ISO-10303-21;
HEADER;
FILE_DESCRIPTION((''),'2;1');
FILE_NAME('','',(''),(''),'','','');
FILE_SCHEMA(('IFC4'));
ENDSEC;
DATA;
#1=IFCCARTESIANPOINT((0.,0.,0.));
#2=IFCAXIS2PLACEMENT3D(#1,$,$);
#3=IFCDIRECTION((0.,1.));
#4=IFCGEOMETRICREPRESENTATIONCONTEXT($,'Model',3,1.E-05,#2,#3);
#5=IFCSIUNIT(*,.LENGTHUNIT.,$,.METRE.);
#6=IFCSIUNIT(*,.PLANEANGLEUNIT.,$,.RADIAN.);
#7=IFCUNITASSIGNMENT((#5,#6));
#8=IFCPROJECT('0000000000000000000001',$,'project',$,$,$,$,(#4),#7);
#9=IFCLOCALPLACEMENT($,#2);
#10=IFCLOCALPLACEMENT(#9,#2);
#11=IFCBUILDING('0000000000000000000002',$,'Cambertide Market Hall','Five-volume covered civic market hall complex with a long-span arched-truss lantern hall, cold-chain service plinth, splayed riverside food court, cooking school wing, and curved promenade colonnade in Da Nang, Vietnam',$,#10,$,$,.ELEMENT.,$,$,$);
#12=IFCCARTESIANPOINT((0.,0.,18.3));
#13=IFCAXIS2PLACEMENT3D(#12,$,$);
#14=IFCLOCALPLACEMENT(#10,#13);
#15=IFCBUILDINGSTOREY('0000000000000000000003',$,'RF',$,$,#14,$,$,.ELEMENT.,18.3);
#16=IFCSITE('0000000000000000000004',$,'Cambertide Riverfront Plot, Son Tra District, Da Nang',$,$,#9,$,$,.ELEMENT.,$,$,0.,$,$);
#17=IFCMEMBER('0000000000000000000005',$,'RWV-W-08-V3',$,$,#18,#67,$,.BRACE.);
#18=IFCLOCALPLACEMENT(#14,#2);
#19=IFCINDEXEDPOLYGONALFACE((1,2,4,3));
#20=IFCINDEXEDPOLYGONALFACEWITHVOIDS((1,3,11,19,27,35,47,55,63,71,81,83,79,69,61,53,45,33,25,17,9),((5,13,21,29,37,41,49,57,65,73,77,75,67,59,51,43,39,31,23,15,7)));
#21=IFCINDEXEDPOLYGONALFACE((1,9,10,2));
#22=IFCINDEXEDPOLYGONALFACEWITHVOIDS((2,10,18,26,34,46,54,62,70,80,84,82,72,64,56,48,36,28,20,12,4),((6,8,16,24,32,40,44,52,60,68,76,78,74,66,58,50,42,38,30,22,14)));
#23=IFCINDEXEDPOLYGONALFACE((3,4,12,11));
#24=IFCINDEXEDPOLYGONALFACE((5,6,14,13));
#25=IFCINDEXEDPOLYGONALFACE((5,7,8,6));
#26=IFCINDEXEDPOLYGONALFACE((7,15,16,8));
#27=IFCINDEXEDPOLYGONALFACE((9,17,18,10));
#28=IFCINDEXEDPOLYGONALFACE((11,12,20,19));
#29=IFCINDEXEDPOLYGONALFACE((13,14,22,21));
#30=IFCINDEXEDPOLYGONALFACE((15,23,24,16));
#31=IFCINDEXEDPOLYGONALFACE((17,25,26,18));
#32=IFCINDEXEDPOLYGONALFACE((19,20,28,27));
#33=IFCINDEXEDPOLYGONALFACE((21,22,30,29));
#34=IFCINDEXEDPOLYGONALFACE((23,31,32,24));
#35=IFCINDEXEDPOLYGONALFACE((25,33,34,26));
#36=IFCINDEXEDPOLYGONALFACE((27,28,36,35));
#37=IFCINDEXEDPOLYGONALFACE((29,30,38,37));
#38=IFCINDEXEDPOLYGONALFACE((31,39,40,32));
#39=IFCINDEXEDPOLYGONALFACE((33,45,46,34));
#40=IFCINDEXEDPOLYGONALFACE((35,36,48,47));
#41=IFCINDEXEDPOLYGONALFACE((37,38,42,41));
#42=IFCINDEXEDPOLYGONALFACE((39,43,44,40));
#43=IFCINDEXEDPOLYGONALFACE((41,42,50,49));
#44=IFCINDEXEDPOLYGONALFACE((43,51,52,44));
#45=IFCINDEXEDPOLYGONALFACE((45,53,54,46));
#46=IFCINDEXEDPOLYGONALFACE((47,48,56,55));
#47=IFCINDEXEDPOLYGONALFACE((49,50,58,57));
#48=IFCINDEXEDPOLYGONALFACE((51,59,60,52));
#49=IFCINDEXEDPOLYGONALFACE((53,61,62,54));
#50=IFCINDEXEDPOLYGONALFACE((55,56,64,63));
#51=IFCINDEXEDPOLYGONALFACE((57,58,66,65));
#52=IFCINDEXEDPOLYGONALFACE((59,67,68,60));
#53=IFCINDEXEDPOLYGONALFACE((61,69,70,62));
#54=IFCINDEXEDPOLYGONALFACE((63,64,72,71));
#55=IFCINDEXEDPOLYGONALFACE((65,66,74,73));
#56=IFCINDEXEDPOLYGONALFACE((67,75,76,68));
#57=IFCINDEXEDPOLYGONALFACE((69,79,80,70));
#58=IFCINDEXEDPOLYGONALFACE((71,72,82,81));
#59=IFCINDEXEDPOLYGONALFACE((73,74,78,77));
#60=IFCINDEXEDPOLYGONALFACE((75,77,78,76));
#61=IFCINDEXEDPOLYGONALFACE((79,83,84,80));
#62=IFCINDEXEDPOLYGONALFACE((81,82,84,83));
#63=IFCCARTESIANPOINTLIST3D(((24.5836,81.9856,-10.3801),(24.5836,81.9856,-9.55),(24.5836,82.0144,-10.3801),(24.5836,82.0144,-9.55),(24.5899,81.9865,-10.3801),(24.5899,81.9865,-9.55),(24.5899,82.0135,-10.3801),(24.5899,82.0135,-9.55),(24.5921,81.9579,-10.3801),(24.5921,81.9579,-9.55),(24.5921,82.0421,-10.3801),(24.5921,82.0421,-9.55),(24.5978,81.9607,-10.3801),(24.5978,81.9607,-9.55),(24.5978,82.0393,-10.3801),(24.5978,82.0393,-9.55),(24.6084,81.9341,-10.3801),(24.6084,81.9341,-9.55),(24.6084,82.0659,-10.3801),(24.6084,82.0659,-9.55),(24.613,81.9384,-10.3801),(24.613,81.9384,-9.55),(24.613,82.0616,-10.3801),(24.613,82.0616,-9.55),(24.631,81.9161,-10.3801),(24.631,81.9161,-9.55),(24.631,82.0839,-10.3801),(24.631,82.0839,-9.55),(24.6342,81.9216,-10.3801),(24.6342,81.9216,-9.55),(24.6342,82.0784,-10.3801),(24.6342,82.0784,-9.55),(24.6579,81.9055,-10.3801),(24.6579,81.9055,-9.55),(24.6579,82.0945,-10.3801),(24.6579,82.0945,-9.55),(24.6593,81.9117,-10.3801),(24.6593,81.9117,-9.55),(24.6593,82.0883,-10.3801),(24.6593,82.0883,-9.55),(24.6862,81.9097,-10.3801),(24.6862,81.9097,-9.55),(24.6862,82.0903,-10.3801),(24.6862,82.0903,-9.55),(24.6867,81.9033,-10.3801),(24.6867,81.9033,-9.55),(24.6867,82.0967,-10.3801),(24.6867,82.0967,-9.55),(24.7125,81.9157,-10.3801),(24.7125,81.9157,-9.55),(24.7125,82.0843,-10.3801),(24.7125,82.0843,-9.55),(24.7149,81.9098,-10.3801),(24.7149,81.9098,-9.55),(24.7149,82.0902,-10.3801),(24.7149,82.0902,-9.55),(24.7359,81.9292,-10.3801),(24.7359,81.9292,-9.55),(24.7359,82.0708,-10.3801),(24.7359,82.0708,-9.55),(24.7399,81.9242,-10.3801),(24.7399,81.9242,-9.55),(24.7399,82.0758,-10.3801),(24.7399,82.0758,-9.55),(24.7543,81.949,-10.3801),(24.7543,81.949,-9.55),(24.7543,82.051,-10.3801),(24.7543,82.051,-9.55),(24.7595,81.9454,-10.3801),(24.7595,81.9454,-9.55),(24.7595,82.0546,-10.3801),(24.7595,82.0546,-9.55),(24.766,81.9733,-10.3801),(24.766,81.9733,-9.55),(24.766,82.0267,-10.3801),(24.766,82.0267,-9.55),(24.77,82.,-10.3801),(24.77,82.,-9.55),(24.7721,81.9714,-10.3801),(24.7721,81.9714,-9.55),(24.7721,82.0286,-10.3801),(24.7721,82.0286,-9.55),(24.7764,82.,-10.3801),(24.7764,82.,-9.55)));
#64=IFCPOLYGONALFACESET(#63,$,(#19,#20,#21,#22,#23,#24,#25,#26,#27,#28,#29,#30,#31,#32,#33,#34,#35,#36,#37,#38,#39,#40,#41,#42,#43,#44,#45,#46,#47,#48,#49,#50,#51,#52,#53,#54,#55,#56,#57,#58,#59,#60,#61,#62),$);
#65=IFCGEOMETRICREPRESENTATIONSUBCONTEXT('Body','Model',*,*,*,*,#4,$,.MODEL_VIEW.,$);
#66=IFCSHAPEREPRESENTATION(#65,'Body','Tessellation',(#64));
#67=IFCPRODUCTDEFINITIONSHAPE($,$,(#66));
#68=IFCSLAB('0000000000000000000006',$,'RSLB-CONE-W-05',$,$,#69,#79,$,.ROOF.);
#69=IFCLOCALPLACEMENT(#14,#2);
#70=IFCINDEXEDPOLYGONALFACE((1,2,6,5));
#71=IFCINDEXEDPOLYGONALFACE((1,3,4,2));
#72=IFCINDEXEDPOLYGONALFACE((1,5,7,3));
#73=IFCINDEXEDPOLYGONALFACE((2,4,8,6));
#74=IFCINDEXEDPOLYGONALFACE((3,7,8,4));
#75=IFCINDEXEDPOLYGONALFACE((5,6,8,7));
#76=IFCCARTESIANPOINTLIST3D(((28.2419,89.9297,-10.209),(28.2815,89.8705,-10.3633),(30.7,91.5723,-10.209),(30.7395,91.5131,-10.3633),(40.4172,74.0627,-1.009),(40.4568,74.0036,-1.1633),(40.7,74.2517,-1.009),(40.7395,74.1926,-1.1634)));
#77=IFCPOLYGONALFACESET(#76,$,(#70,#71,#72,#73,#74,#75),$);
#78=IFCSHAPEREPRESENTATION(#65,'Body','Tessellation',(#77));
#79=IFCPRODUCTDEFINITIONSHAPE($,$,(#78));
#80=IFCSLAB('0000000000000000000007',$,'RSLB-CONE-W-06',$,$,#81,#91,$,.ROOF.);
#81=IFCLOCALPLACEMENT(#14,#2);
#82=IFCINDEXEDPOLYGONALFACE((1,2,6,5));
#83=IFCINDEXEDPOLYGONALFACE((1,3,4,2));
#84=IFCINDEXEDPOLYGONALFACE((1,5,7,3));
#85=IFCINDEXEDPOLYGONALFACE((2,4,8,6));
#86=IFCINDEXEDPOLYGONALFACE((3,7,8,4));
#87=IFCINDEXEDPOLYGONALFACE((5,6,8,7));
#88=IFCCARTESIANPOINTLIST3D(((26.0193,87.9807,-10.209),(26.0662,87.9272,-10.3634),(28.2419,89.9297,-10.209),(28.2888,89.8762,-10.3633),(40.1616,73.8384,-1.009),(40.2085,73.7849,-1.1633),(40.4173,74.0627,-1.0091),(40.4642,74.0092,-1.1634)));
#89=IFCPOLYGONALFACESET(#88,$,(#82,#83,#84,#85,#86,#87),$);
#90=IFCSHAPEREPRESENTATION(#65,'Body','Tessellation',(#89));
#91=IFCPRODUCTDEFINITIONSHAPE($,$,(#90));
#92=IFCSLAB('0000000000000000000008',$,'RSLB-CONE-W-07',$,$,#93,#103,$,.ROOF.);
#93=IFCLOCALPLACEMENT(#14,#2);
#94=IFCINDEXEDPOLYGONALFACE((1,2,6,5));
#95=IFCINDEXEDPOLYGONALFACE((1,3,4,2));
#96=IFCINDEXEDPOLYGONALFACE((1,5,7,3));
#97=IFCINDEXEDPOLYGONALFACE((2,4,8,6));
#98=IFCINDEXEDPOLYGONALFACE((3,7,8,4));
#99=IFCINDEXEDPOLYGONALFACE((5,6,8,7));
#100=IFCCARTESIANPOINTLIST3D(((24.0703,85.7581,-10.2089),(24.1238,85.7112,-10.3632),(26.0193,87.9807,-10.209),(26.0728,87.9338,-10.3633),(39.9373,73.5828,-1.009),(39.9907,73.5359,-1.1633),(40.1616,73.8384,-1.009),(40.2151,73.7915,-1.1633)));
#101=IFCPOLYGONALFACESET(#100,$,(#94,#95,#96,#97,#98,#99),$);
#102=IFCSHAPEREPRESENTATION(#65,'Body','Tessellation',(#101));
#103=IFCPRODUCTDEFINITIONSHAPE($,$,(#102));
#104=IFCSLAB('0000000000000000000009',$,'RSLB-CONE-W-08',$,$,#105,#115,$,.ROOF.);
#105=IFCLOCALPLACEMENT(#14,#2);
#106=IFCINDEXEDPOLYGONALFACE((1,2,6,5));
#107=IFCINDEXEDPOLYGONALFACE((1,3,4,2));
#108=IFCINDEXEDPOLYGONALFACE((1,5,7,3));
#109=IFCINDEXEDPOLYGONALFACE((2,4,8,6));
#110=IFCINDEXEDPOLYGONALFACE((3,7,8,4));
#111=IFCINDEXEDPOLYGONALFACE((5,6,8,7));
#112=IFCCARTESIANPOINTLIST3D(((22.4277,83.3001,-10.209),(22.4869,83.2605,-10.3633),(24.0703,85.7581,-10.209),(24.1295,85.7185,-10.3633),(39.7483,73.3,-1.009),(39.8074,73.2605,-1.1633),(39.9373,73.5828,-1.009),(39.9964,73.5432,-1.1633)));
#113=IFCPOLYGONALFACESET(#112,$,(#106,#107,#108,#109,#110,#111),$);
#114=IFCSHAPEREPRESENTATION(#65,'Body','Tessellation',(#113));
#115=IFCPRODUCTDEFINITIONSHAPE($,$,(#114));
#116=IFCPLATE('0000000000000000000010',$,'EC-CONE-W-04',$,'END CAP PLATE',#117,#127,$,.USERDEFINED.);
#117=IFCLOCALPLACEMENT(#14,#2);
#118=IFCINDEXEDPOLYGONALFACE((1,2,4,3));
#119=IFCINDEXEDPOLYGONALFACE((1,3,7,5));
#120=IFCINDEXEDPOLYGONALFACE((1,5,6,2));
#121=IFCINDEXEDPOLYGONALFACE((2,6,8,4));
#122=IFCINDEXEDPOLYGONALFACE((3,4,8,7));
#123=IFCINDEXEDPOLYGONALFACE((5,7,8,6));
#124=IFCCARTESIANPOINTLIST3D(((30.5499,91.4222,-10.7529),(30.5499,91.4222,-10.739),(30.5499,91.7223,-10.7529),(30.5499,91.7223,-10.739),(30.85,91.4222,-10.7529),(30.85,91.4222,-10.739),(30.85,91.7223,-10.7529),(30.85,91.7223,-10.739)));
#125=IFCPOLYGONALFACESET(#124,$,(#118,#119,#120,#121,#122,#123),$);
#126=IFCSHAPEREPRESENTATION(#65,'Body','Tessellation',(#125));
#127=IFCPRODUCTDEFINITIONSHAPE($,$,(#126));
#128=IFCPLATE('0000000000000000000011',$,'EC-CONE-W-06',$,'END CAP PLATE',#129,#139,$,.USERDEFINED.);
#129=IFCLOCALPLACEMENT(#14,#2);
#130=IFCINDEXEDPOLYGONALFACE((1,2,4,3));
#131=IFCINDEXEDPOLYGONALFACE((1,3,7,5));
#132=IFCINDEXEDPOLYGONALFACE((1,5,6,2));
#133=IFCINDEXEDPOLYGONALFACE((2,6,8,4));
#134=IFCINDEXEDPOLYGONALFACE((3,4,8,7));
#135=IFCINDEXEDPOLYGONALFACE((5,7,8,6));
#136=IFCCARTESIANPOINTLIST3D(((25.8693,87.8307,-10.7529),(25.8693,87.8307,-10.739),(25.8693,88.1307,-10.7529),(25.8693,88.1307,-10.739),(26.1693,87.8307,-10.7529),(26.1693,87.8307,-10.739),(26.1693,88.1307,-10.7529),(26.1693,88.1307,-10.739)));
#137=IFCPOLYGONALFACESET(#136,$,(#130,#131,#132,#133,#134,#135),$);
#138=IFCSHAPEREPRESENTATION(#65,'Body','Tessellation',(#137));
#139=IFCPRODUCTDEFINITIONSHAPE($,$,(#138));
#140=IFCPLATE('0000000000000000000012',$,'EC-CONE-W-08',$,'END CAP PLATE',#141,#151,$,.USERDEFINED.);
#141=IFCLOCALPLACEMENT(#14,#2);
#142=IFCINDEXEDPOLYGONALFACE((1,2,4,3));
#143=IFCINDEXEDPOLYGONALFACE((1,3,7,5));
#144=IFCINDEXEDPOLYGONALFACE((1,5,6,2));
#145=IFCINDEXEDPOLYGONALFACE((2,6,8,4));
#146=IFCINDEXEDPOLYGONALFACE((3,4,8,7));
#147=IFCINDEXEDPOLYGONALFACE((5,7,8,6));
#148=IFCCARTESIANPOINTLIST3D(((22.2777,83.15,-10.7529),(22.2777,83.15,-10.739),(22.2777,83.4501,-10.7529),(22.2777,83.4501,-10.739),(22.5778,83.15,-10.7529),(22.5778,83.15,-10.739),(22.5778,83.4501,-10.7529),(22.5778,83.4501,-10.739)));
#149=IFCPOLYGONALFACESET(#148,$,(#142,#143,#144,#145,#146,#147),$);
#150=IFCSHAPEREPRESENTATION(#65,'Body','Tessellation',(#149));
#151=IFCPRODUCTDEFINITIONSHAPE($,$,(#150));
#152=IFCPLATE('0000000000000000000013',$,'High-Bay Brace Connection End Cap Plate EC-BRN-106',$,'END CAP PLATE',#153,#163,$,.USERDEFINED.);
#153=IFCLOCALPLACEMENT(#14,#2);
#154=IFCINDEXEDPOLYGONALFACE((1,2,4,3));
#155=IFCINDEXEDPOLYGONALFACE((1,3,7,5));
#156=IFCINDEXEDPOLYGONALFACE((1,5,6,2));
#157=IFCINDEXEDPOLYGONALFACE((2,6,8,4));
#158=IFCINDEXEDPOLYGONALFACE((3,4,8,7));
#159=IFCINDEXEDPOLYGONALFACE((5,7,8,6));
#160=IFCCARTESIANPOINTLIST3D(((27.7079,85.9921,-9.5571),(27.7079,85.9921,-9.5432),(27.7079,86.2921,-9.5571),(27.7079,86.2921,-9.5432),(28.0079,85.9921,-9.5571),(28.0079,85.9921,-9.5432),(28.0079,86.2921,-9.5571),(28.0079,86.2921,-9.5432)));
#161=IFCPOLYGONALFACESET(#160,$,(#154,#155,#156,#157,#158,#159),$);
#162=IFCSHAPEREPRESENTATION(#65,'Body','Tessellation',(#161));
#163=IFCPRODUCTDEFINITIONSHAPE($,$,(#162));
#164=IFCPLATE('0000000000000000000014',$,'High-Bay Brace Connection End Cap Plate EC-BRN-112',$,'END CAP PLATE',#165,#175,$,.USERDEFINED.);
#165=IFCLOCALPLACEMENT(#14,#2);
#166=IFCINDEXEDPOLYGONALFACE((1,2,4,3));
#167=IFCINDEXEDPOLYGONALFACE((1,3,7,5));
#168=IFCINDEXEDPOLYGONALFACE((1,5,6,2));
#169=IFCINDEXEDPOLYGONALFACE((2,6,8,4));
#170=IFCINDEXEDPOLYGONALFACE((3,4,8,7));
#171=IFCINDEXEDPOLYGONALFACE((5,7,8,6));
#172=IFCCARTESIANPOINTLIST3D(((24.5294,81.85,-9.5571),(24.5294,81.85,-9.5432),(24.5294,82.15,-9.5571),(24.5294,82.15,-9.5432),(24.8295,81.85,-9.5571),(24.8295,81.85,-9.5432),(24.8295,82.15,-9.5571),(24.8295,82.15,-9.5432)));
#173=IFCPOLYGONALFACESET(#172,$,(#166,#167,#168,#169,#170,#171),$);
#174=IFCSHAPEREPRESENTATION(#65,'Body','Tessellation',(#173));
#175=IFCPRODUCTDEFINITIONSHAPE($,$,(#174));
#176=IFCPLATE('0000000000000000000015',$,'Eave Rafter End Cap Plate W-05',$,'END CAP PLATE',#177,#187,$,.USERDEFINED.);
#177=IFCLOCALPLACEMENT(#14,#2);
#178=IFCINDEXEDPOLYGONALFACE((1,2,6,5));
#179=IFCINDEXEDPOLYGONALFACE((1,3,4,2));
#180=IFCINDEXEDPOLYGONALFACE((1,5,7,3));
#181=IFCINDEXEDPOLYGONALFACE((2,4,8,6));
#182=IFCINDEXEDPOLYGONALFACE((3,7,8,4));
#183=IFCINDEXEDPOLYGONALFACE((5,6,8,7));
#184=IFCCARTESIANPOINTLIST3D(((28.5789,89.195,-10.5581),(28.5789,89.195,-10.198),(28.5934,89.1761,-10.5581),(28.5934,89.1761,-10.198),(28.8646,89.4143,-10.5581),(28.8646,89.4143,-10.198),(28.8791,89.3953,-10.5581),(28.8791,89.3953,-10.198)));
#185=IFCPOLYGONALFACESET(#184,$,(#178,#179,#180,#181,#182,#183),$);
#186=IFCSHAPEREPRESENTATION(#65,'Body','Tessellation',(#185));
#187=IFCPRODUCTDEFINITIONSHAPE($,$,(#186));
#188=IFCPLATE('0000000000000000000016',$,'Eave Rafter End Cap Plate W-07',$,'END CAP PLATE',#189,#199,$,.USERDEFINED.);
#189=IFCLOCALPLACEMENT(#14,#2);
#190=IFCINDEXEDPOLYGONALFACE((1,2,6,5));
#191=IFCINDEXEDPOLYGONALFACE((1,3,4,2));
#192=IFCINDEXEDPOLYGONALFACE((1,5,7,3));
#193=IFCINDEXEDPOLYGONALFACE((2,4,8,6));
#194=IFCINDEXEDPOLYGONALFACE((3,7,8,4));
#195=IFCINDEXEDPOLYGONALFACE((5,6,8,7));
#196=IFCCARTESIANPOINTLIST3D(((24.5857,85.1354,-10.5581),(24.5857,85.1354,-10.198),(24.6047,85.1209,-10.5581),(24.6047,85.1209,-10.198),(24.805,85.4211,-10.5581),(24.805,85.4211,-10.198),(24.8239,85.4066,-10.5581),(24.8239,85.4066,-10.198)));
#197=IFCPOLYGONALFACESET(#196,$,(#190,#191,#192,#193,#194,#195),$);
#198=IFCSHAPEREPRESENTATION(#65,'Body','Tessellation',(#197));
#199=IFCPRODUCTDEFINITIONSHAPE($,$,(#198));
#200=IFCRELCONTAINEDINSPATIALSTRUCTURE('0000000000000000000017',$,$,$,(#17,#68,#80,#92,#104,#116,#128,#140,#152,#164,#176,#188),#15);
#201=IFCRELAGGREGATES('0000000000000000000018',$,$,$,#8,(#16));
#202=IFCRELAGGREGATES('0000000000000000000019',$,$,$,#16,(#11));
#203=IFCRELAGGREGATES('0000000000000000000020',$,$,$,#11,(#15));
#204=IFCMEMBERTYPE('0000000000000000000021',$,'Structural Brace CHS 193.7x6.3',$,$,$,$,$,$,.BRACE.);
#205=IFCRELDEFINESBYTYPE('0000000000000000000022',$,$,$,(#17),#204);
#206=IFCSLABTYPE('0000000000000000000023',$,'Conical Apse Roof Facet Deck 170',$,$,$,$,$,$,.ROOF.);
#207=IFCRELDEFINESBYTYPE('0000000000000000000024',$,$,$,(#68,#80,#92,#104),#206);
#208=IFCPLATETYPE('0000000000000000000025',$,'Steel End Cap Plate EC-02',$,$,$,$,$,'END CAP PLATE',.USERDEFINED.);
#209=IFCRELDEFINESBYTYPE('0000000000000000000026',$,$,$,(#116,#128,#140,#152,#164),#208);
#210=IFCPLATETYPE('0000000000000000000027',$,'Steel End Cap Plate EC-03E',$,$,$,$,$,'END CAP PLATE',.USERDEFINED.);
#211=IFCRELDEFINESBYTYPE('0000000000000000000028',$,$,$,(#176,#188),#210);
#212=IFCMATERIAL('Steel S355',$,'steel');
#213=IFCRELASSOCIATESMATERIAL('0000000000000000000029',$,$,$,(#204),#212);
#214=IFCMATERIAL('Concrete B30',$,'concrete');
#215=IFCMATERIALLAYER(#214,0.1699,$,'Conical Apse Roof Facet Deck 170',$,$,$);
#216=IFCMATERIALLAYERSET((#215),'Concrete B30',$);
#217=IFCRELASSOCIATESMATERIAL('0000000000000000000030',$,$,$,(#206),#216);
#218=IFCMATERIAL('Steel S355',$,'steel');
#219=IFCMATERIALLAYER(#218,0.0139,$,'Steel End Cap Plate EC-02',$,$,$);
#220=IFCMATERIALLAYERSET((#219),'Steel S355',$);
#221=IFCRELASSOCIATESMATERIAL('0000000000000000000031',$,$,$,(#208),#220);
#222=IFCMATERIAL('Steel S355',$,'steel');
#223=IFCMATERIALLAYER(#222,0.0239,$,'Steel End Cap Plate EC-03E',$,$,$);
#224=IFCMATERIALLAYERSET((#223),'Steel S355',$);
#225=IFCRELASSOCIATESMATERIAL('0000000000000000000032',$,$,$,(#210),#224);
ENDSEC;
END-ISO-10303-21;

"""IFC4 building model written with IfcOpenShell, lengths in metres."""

from ifc_helpers import new_model, si_unit, direction, frame, origin, origin_2d, place, context, subcontext, project, spatial, polyline, rectangle, hollow_circle, outline, extrude, material, layer, layer_set, material_profile, profile_set, type_object, element, save


model = new_model("IFC4")

# Units and contexts
model_context = context("Model", 3, precision=1e-05, world=origin(), true_north=direction((0.0, 1.0)))
body_context = subcontext(model_context, "Body", "Model", "MODEL_VIEW")
ifc_project = project(units=[si_unit("LENGTHUNIT", "METRE"), si_unit("PLANEANGLEUNIT", "RADIAN")], contexts=[model_context])

# Site, building, storey
site_placement = place(None, origin())
site = spatial("IfcSite", under=ifc_project, at=site_placement, Name="Cambertide Riverfront Plot, Son Tra District, Da Nang", CompositionType="ELEMENT", RefElevation=0.0)
building_placement = place(site_placement, origin())
building = spatial("IfcBuilding", under=site, at=building_placement, Name="Cambertide Market Hall", Description="Five-volume covered civic market hall complex with a long-span arched-truss lantern hall, cold-chain service plinth, splayed riverside food court, cooking school wing, and curved promenade colonnade in Da Nang, Vietnam", CompositionType="ELEMENT")
storey_placement = place(building_placement, frame((0.0, 0.0, 18.3)))
storey = spatial("IfcBuildingStorey", under=building, at=storey_placement, Name="RF", CompositionType="ELEMENT", Elevation=18.3)

# Member
ifc_material_1 = material(Name="Steel S355", Category="steel")
ifc_material_profile_1 = material_profile(ifc_material_1, hollow_circle(Radius=0.0969, WallThickness=0.0063, at=origin_2d()), Name="CHS 193.7x6.3")
ifc_profile_set_1 = profile_set([ifc_material_profile_1], Name="Steel S355")
member_type_1 = type_object("IfcMemberType", Name="Structural Brace CHS 193.7x6.3", PredefinedType="BRACE", material=ifc_profile_set_1)
for number, where, z_axis, x_axis, name in (
    (1, (24.6794, 82.0, -10.3801), (0.0, 0.0, 1.0), (1.0, 0.0, 0.0), "RWV-W-08-V3"),
):
    element("IfcMember", number, at=place(storey_placement, frame(where, z_axis=z_axis, x_axis=x_axis)), inside=storey, type_object=member_type_1, Name=name, PredefinedType="BRACE", context=body_context, shape_type="SweptSolid", body=[
        extrude(hollow_circle(Radius=0.0969, WallThickness=0.0063, at=origin_2d()), origin(), (0.0, 0.0, 1.0), 0.8301),
    ])

# Slabs
ifc_material_2 = material(Name="Concrete B30", Category="concrete")
ifc_layer_1 = layer(ifc_material_2, 0.1699, Name="Conical Apse Roof Facet Deck 170")
ifc_layer_set_1 = layer_set([ifc_layer_1], Name="Concrete B30")
slab_type = type_object("IfcSlabType", Name="Conical Apse Roof Facet Deck 170", PredefinedType="ROOF", material=ifc_layer_set_1)
slab_1_placement = place(storey_placement, frame((30.7, 91.5723, -10.209), z_axis=(-0.232608, 0.348075, 0.908151), x_axis=(-0.831439, -0.555616, -0.000004)))
element("IfcSlab", 2, at=slab_1_placement, inside=storey, type_object=slab_type, Name="RSLB-CONE-W-05", PredefinedType="ROOF", context=body_context, shape_type="SweptSolid", body=[
    extrude(outline(polyline([(0.0, 0.0), (2.9563, 0.0), (1.6492, 21.9756), (1.3092, 21.9756), (0.0, 0.0)])), origin(), (0.0, 0.0, -1.0), 0.1699),
])
slab_2_placement = place(storey_placement, frame((28.2419, 89.9297, -10.209), z_axis=(-0.276026, 0.314754, 0.908152), x_axis=(-0.751875, -0.659306, -0.000019)))
element("IfcSlab", 3, at=slab_2_placement, inside=storey, type_object=slab_type, Name="RSLB-CONE-W-06", PredefinedType="ROOF", context=body_context, shape_type="SweptSolid", body=[
    extrude(outline(polyline([(0.0, 0.0), (2.9561, 0.0), (1.6468, 21.9758), (1.3067, 21.9757), (0.0, 0.0)])), origin(), (0.0, 0.0, -1.0), 0.1699),
])
slab_3_placement = place(storey_placement, frame((26.0193, 87.9807, -10.209), z_axis=(-0.314754, 0.276026, 0.908152), x_axis=(-0.659306, -0.751875, 0.000019)))
element("IfcSlab", 4, at=slab_3_placement, inside=storey, type_object=slab_type, Name="RSLB-CONE-W-07", PredefinedType="ROOF", context=body_context, shape_type="SweptSolid", body=[
    extrude(outline(polyline([(0.0, 0.0), (2.9561, 0.0), (1.6494, 21.9757), (1.3093, 21.9758), (0.0, 0.0)])), origin(), (0.0, 0.0, -1.0), 0.1699),
])
slab_4_placement = place(storey_placement, frame((24.0703, 85.7581, -10.209), z_axis=(-0.348075, 0.232608, 0.908151), x_axis=(-0.555616, -0.831439, 0.000004)))
element("IfcSlab", 5, at=slab_4_placement, inside=storey, type_object=slab_type, Name="RSLB-CONE-W-08", PredefinedType="ROOF", context=body_context, shape_type="SweptSolid", body=[
    extrude(outline(polyline([(0.0, 0.0), (2.9563, 0.0), (1.6472, 21.9756), (1.3071, 21.9756), (0.0, 0.0)])), origin(), (0.0, 0.0, -1.0), 0.1699),
])

# Plates
ifc_material_3 = material(Name="Steel S355", Category="steel")
ifc_layer_2 = layer(ifc_material_3, 0.0139, Name="Steel End Cap Plate EC-02")
ifc_layer_set_2 = layer_set([ifc_layer_2], Name="Steel S355")
plate_type_1 = type_object("IfcPlateType", Name="Steel End Cap Plate EC-02", ElementType="END CAP PLATE", PredefinedType="USERDEFINED", material=ifc_layer_set_2)
for number, where, z_axis, x_axis, name in (
    (6, (30.7, 91.5723, -10.7529), (0.0, 0.0, 1.0), (1.0, 0.0, 0.0), "EC-CONE-W-04"),
    (7, (26.0193, 87.9807, -10.7529), (0.0, 0.0, 1.0), (1.0, 0.0, 0.0), "EC-CONE-W-06"),
    (8, (22.4277, 83.3, -10.7529), (0.0, 0.0, 1.0), (1.0, 0.0, 0.0), "EC-CONE-W-08"),
    (9, (27.8579, 86.1421, -9.5571), (0.0, 0.0, 1.0), (1.0, 0.0, 0.0), "High-Bay Brace Connection End Cap Plate EC-BRN-106"),
    (10, (24.6794, 82.0, -9.5571), (0.0, 0.0, 1.0), (1.0, 0.0, 0.0), "High-Bay Brace Connection End Cap Plate EC-BRN-112"),
):
    element("IfcPlate", number, at=place(storey_placement, frame(where, z_axis=z_axis, x_axis=x_axis)), inside=storey, type_object=plate_type_1, Name=name, ObjectType="END CAP PLATE", PredefinedType="USERDEFINED", context=body_context, shape_type="SweptSolid", body=[
        extrude(rectangle(XDim=0.3, YDim=0.3, at=origin_2d()), origin(), (0.0, 0.0, 1.0), 0.0139),
    ])
ifc_material_4 = material(Name="Steel S355", Category="steel")
ifc_layer_3 = layer(ifc_material_4, 0.0239, Name="Steel End Cap Plate EC-03E")
ifc_layer_set_3 = layer_set([ifc_layer_3], Name="Steel S355")
plate_type_2 = type_object("IfcPlateType", Name="Steel End Cap Plate EC-03E", ElementType="END CAP PLATE", PredefinedType="USERDEFINED", material=ifc_layer_set_3)
for number, where, z_axis, x_axis, name in (
    (11, (28.729, 89.2952, -10.5581), (0.0, 0.0, 1.0), (-0.608761, 0.793353, 0.0), "Eave Rafter End Cap Plate W-05"),
    (12, (24.7048, 85.271, -10.5581), (0.0, 0.0, 1.0), (-0.793353, 0.608761, 0.0), "Eave Rafter End Cap Plate W-07"),
):
    element("IfcPlate", number, at=place(storey_placement, frame(where, z_axis=z_axis, x_axis=x_axis)), inside=storey, type_object=plate_type_2, Name=name, ObjectType="END CAP PLATE", PredefinedType="USERDEFINED", context=body_context, shape_type="SweptSolid", body=[
        extrude(rectangle(XDim=0.0239, YDim=0.3601, at=origin_2d()), origin(), (0.0, 0.0, 1.0), 0.3601),
    ])

save(model, "model.ifc")
